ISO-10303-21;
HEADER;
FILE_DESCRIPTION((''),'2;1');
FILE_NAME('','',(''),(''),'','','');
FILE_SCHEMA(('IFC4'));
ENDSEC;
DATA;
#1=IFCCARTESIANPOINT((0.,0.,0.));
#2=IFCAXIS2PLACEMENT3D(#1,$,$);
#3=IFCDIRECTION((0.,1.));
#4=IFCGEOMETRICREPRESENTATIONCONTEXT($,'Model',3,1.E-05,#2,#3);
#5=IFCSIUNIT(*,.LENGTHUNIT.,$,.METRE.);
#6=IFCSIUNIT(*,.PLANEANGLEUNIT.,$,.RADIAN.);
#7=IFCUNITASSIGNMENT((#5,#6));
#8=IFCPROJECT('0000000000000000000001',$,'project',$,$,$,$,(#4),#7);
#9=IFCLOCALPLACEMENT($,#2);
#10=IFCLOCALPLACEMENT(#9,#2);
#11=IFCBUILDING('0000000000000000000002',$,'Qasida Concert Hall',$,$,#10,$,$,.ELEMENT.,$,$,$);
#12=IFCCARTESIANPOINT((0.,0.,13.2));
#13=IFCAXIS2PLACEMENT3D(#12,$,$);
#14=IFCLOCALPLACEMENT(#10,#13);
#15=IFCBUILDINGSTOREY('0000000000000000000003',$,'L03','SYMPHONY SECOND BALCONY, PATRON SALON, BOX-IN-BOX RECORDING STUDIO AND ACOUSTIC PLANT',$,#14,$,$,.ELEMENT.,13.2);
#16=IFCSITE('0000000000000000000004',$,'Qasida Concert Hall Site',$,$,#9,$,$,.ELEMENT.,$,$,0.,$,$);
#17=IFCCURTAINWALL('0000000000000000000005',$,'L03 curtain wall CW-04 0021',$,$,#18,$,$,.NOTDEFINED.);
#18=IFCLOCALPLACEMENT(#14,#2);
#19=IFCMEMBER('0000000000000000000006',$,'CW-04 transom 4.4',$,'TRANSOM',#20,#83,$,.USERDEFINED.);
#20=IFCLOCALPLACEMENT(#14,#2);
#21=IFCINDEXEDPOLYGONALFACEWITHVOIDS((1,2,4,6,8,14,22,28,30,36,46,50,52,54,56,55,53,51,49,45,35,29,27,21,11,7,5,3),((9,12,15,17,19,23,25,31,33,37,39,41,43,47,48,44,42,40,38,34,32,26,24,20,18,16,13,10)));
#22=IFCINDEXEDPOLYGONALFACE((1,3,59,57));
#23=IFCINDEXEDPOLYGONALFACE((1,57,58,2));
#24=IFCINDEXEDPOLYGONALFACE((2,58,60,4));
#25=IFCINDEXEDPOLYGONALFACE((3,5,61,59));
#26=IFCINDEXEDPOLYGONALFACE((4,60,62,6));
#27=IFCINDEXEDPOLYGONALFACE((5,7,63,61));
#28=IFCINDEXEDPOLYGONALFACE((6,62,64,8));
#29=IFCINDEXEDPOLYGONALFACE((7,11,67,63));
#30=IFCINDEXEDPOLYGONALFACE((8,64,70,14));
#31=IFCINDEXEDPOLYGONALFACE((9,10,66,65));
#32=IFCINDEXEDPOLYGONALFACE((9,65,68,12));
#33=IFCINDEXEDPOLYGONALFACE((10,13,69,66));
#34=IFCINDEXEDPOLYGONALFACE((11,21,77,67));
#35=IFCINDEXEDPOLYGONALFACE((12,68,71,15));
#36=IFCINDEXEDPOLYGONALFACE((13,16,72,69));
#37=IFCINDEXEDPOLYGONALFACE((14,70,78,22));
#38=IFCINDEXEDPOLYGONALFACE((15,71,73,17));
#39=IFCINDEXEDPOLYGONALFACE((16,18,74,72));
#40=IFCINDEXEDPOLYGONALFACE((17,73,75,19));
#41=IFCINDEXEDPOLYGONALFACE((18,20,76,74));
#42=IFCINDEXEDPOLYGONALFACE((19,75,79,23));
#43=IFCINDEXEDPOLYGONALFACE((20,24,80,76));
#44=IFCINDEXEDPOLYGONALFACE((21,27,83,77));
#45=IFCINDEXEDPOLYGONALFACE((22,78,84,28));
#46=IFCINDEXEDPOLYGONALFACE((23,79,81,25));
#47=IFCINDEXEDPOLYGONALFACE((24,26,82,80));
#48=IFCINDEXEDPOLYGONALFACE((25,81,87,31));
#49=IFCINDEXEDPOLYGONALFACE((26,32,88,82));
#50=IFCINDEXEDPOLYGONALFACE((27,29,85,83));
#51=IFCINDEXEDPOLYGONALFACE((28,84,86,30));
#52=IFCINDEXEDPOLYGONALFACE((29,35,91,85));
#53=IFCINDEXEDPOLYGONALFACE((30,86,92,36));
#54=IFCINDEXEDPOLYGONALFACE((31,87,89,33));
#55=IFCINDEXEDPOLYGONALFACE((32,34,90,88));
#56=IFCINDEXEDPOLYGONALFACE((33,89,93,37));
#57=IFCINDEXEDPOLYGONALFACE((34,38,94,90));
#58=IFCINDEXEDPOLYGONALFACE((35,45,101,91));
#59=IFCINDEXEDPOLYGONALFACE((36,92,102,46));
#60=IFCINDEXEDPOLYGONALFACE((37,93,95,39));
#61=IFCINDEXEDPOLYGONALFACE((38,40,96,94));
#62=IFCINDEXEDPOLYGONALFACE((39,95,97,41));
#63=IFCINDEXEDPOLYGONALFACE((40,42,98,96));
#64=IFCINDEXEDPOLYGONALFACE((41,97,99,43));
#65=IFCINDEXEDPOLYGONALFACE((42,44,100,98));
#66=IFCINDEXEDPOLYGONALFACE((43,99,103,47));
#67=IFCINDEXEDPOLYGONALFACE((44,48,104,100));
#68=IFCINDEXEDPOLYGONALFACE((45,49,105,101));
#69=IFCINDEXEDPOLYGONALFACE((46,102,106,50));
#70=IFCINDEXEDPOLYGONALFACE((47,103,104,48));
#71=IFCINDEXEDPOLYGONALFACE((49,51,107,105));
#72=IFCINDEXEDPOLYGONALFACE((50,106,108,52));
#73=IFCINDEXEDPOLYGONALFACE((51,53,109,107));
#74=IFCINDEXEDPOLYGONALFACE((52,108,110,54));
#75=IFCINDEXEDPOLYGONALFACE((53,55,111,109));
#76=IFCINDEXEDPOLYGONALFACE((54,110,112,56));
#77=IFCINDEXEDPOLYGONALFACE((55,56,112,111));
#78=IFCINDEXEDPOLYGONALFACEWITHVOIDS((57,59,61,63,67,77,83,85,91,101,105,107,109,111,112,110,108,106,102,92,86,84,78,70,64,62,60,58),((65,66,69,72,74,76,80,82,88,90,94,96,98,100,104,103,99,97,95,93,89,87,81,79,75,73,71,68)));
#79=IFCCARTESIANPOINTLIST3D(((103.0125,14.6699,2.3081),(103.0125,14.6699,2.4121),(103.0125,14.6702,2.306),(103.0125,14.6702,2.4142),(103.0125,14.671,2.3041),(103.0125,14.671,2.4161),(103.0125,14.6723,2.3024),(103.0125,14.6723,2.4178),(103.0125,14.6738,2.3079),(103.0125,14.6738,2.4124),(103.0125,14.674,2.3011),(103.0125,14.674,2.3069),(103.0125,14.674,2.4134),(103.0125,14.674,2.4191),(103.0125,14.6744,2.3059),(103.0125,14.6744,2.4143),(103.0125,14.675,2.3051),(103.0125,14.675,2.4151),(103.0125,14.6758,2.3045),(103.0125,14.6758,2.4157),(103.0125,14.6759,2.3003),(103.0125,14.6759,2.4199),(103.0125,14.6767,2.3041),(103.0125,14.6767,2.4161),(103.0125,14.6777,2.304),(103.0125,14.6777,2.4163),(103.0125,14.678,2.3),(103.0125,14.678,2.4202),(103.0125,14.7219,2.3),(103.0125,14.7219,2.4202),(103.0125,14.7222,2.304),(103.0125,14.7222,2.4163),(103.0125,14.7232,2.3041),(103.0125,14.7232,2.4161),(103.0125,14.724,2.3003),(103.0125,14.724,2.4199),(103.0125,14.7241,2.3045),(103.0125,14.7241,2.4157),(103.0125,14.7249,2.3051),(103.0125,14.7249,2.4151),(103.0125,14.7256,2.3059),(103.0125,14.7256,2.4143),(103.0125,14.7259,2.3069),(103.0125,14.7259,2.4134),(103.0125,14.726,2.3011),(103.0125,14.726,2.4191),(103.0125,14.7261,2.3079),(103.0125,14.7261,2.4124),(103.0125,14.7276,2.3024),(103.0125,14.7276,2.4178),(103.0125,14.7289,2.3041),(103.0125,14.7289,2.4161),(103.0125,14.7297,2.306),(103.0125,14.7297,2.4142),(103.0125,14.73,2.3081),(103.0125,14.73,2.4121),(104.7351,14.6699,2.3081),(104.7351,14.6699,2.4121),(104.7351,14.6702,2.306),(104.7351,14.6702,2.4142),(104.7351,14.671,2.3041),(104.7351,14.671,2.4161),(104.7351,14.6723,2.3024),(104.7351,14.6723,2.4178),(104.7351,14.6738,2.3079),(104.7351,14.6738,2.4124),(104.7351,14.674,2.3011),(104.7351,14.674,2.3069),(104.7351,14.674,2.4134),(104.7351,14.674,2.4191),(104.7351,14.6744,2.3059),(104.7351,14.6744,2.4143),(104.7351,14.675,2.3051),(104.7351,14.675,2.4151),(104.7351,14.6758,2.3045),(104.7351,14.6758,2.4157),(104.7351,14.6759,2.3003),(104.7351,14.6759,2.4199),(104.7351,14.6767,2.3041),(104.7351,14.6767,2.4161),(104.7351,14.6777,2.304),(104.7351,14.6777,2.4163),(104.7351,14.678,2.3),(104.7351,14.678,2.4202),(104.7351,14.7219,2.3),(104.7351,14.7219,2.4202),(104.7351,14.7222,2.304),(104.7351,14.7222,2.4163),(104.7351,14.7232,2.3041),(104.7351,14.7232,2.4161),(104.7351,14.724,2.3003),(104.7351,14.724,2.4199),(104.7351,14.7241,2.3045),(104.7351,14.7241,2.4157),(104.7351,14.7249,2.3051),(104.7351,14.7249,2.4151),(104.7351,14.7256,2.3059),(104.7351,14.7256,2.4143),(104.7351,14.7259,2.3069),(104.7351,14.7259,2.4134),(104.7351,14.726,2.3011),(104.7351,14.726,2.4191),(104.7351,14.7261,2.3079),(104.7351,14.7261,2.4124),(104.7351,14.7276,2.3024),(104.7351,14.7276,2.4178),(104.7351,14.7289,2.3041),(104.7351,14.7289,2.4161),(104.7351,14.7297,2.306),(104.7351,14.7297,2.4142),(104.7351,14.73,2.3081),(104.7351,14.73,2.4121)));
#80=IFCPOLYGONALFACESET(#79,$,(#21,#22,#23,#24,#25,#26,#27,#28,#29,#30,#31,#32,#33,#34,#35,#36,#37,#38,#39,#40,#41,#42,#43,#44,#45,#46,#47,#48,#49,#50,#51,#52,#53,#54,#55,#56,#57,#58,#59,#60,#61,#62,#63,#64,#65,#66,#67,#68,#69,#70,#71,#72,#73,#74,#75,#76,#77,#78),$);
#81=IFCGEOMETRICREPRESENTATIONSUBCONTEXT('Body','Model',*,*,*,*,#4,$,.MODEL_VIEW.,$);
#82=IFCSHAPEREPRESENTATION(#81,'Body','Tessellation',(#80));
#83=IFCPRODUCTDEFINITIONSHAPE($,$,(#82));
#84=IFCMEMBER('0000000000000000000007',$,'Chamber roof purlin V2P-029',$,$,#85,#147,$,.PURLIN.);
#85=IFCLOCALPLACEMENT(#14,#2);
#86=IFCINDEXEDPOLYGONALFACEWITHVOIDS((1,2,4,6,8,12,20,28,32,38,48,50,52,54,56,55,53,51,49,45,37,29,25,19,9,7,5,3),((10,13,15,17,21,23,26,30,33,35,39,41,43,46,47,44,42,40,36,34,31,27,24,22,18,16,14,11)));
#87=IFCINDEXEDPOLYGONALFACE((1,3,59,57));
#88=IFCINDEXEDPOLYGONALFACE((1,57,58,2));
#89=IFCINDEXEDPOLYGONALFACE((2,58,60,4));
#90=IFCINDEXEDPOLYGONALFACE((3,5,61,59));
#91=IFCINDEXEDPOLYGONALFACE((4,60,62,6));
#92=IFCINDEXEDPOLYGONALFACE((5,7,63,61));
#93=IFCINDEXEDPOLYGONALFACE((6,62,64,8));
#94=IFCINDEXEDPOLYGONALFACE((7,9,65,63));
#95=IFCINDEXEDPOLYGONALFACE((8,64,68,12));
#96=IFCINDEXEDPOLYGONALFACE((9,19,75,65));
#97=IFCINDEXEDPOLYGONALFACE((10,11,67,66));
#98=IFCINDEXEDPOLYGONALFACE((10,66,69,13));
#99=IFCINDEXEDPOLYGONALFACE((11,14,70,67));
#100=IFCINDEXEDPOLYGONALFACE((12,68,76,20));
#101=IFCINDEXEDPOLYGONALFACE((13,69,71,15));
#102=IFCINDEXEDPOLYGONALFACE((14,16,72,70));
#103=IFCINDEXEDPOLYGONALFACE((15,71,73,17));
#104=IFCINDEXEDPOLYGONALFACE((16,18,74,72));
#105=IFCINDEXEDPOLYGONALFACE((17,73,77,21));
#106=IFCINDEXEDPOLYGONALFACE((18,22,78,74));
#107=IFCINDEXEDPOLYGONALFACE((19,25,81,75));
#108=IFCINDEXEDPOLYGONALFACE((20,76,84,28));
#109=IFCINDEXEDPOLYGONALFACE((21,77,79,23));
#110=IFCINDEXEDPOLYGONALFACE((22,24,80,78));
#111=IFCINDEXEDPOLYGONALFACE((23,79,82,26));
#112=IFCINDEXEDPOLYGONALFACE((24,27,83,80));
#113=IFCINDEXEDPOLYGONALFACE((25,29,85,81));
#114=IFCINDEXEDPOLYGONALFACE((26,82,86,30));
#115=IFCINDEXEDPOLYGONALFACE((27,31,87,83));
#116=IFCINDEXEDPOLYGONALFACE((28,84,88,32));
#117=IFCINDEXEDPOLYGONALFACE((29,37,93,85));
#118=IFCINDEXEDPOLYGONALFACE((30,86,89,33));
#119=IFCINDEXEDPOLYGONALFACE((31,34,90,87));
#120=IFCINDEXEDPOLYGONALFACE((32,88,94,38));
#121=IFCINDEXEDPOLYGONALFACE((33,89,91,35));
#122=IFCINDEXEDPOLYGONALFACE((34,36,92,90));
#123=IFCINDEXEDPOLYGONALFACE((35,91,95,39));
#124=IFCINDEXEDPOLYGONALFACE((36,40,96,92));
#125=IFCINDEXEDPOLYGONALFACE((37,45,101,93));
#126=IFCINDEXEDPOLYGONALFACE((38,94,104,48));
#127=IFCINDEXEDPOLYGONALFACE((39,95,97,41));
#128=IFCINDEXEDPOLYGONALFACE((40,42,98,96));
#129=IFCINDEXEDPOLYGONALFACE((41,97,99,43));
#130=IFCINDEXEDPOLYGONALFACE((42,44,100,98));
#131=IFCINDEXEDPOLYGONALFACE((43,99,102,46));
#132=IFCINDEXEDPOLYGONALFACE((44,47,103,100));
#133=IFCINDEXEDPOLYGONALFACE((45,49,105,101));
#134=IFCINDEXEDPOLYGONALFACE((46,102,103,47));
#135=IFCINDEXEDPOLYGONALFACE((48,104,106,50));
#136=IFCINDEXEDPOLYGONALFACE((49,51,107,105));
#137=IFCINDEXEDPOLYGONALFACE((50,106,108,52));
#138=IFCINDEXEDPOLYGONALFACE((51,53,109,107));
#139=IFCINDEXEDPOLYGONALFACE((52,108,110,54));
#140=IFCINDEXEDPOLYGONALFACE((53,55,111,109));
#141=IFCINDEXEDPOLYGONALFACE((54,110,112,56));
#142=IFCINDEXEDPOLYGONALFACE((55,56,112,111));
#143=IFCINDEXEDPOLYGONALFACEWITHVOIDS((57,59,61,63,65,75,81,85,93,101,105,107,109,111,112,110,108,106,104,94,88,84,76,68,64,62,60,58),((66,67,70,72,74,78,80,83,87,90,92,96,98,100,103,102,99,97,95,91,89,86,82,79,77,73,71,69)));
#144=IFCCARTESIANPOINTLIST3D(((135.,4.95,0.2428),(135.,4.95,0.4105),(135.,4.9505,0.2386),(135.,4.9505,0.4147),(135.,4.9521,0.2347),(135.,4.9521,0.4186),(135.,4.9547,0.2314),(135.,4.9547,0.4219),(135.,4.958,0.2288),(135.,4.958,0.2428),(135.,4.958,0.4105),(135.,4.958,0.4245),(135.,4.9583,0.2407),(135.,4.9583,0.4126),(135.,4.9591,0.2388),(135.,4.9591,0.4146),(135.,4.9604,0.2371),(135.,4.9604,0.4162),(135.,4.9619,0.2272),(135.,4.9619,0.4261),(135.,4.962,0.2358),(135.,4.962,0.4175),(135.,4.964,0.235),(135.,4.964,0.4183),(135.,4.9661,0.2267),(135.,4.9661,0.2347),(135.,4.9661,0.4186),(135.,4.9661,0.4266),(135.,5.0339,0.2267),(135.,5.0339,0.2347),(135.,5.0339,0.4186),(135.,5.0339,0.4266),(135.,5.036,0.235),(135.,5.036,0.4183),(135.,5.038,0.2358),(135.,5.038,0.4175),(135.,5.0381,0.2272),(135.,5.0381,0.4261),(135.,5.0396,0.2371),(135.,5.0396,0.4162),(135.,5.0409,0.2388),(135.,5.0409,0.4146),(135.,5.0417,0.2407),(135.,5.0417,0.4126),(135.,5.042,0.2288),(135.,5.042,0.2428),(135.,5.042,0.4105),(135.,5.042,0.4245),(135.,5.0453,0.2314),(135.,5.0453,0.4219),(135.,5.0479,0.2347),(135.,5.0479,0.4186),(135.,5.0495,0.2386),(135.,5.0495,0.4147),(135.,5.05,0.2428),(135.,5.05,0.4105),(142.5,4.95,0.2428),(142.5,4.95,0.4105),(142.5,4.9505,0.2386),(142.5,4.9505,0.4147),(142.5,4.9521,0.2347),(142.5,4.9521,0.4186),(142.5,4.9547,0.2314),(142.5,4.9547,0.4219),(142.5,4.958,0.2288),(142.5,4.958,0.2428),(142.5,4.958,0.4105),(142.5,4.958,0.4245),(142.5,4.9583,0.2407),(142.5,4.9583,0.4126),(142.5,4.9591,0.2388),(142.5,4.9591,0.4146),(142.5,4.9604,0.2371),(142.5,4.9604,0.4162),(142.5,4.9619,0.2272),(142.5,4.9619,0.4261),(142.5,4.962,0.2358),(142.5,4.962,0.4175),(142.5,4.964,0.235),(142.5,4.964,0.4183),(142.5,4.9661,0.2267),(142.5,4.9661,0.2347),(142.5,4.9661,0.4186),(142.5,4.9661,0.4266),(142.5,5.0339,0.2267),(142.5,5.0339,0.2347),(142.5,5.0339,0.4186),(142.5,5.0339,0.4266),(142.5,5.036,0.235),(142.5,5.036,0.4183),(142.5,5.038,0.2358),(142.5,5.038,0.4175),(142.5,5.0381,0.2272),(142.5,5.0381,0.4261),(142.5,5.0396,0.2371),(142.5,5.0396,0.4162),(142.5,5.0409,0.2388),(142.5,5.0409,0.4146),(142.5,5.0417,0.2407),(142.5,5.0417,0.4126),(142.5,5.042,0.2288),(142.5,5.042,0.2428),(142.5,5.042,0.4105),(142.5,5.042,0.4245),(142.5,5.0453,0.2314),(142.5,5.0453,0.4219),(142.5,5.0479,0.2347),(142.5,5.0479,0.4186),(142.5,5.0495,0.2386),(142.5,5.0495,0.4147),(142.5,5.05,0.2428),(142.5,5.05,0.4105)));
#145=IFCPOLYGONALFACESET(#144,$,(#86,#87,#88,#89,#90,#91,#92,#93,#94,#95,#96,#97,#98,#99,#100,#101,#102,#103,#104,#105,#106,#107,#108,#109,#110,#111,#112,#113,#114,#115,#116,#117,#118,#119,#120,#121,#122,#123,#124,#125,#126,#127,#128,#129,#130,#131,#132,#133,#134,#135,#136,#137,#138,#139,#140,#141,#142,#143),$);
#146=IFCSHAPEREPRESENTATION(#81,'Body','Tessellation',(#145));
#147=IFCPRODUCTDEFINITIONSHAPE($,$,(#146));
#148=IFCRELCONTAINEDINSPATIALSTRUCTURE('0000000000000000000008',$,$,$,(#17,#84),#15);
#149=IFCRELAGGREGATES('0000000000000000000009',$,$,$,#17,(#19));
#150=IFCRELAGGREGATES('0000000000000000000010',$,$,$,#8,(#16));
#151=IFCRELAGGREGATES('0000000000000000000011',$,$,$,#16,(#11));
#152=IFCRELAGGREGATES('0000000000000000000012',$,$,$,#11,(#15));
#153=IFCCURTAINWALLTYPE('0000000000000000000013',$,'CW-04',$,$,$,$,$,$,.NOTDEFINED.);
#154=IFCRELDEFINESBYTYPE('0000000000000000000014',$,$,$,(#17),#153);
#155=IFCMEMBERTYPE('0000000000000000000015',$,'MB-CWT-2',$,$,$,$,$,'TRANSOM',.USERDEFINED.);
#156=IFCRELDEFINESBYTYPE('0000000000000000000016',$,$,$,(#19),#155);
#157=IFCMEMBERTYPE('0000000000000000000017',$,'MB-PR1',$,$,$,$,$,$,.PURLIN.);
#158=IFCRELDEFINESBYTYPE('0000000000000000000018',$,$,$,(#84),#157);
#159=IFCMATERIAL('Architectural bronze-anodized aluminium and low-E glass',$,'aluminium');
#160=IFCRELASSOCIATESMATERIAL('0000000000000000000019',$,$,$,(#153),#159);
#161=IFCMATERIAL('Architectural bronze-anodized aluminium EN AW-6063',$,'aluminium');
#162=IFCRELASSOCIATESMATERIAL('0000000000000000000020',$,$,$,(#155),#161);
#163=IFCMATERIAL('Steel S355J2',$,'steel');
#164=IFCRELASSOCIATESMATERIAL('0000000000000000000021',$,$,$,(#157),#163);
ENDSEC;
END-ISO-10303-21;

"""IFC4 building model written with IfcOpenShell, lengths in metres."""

from ifc_helpers import new_model, si_unit, direction, frame, origin, origin_2d, place, context, subcontext, project, spatial, hollow_rectangle, extrude, material, material_profile, profile_set, type_object, element, aggregate, save


model = new_model("IFC4")

# Units and contexts
model_context = context("Model", 3, precision=1e-05, world=origin(), true_north=direction((0.0, 1.0)))
body_context = subcontext(model_context, "Body", "Model", "MODEL_VIEW")
ifc_project = project(units=[si_unit("LENGTHUNIT", "METRE"), si_unit("PLANEANGLEUNIT", "RADIAN")], contexts=[model_context])

# Site, building, storey
site_placement = place(None, origin())
site = spatial("IfcSite", under=ifc_project, at=site_placement, Name="Qasida Concert Hall Site", CompositionType="ELEMENT", RefElevation=0.0)
building_placement = place(site_placement, origin())
building = spatial("IfcBuilding", under=site, at=building_placement, Name="Qasida Concert Hall", CompositionType="ELEMENT")
storey_placement = place(building_placement, frame((0.0, 0.0, 13.2)))
storey = spatial("IfcBuildingStorey", under=building, at=storey_placement, Name="L03", Description="SYMPHONY SECOND BALCONY, PATRON SALON, BOX-IN-BOX RECORDING STUDIO AND ACOUSTIC PLANT", CompositionType="ELEMENT", Elevation=13.2)

# Shared definitions
ifc_material_1 = material(Name="Steel S355J2", Category="steel")

# Curtain wall, member
ifc_material_2 = material(Name="Architectural bronze-anodized aluminium and low-E glass", Category="aluminium")
curtain_wall_type = type_object("IfcCurtainWallType", Name="CW-04", PredefinedType="NOTDEFINED", material=ifc_material_2)
curtain_wall_placement = place(storey_placement, origin())
curtain_wall = element("IfcCurtainWall", 1, at=curtain_wall_placement, inside=storey, type_object=curtain_wall_type, Name="L03 curtain wall CW-04 0021", PredefinedType="NOTDEFINED")
ifc_material_3 = material(Name="Architectural bronze-anodized aluminium EN AW-6063", Category="aluminium")
ifc_material_profile_1 = material_profile(ifc_material_3, hollow_rectangle(XDim=0.0601, YDim=0.1201, WallThickness=0.0039, InnerFilletRadius=0.0039, OuterFilletRadius=0.0081, at=origin_2d()), Name="CWT 120x60x4")
ifc_profile_set_1 = profile_set([ifc_material_profile_1], Name="Architectural bronze-anodized aluminium EN AW-6063")
member_type_1 = type_object("IfcMemberType", Name="MB-CWT-2", ElementType="TRANSOM", PredefinedType="USERDEFINED", material=ifc_profile_set_1)
member_1_placement = place(storey_placement, frame((103.0125, 14.7, 2.3601), z_axis=(1.0, 0.0, 0.0), x_axis=(0.0, 1.0, 0.0)))
member_1 = element("IfcMember", 2, at=member_1_placement, type_object=member_type_1, Name="CW-04 transom 4.4", ObjectType="TRANSOM", PredefinedType="USERDEFINED", context=body_context, shape_type="SweptSolid", body=[
    extrude(hollow_rectangle(XDim=0.0601, YDim=0.1201, WallThickness=0.0039, InnerFilletRadius=0.0039, OuterFilletRadius=0.0081, at=origin_2d()), origin(), (0.0, 0.0, 1.0), 1.7227),
])

# Member
ifc_material_profile_2 = material_profile(ifc_material_1, hollow_rectangle(XDim=0.1001, YDim=0.2, WallThickness=0.0081, InnerFilletRadius=0.0081, OuterFilletRadius=0.0161, at=origin_2d()), Name="RHS 200x100x8")
ifc_profile_set_2 = profile_set([ifc_material_profile_2], Name="Steel S355J2")
member_type_2 = type_object("IfcMemberType", Name="MB-PR1", PredefinedType="PURLIN", material=ifc_profile_set_2)
for number, where, z_axis, x_axis, name in (
    (3, (135.0, 5.0, 0.3267), (1.0, 0.0, 0.0), (0.0, 1.0, 0.0), "Chamber roof purlin V2P-029"),
):
    element("IfcMember", number, at=place(storey_placement, frame(where, z_axis=z_axis, x_axis=x_axis)), inside=storey, type_object=member_type_2, Name=name, PredefinedType="PURLIN", context=body_context, shape_type="SweptSolid", body=[
        extrude(hollow_rectangle(XDim=0.1001, YDim=0.2, WallThickness=0.0081, InnerFilletRadius=0.0081, OuterFilletRadius=0.0161, at=origin_2d()), origin(), (0.0, 0.0, 1.0), 7.5),
    ])

aggregate(curtain_wall, [member_1])

save(model, "model.ifc")
